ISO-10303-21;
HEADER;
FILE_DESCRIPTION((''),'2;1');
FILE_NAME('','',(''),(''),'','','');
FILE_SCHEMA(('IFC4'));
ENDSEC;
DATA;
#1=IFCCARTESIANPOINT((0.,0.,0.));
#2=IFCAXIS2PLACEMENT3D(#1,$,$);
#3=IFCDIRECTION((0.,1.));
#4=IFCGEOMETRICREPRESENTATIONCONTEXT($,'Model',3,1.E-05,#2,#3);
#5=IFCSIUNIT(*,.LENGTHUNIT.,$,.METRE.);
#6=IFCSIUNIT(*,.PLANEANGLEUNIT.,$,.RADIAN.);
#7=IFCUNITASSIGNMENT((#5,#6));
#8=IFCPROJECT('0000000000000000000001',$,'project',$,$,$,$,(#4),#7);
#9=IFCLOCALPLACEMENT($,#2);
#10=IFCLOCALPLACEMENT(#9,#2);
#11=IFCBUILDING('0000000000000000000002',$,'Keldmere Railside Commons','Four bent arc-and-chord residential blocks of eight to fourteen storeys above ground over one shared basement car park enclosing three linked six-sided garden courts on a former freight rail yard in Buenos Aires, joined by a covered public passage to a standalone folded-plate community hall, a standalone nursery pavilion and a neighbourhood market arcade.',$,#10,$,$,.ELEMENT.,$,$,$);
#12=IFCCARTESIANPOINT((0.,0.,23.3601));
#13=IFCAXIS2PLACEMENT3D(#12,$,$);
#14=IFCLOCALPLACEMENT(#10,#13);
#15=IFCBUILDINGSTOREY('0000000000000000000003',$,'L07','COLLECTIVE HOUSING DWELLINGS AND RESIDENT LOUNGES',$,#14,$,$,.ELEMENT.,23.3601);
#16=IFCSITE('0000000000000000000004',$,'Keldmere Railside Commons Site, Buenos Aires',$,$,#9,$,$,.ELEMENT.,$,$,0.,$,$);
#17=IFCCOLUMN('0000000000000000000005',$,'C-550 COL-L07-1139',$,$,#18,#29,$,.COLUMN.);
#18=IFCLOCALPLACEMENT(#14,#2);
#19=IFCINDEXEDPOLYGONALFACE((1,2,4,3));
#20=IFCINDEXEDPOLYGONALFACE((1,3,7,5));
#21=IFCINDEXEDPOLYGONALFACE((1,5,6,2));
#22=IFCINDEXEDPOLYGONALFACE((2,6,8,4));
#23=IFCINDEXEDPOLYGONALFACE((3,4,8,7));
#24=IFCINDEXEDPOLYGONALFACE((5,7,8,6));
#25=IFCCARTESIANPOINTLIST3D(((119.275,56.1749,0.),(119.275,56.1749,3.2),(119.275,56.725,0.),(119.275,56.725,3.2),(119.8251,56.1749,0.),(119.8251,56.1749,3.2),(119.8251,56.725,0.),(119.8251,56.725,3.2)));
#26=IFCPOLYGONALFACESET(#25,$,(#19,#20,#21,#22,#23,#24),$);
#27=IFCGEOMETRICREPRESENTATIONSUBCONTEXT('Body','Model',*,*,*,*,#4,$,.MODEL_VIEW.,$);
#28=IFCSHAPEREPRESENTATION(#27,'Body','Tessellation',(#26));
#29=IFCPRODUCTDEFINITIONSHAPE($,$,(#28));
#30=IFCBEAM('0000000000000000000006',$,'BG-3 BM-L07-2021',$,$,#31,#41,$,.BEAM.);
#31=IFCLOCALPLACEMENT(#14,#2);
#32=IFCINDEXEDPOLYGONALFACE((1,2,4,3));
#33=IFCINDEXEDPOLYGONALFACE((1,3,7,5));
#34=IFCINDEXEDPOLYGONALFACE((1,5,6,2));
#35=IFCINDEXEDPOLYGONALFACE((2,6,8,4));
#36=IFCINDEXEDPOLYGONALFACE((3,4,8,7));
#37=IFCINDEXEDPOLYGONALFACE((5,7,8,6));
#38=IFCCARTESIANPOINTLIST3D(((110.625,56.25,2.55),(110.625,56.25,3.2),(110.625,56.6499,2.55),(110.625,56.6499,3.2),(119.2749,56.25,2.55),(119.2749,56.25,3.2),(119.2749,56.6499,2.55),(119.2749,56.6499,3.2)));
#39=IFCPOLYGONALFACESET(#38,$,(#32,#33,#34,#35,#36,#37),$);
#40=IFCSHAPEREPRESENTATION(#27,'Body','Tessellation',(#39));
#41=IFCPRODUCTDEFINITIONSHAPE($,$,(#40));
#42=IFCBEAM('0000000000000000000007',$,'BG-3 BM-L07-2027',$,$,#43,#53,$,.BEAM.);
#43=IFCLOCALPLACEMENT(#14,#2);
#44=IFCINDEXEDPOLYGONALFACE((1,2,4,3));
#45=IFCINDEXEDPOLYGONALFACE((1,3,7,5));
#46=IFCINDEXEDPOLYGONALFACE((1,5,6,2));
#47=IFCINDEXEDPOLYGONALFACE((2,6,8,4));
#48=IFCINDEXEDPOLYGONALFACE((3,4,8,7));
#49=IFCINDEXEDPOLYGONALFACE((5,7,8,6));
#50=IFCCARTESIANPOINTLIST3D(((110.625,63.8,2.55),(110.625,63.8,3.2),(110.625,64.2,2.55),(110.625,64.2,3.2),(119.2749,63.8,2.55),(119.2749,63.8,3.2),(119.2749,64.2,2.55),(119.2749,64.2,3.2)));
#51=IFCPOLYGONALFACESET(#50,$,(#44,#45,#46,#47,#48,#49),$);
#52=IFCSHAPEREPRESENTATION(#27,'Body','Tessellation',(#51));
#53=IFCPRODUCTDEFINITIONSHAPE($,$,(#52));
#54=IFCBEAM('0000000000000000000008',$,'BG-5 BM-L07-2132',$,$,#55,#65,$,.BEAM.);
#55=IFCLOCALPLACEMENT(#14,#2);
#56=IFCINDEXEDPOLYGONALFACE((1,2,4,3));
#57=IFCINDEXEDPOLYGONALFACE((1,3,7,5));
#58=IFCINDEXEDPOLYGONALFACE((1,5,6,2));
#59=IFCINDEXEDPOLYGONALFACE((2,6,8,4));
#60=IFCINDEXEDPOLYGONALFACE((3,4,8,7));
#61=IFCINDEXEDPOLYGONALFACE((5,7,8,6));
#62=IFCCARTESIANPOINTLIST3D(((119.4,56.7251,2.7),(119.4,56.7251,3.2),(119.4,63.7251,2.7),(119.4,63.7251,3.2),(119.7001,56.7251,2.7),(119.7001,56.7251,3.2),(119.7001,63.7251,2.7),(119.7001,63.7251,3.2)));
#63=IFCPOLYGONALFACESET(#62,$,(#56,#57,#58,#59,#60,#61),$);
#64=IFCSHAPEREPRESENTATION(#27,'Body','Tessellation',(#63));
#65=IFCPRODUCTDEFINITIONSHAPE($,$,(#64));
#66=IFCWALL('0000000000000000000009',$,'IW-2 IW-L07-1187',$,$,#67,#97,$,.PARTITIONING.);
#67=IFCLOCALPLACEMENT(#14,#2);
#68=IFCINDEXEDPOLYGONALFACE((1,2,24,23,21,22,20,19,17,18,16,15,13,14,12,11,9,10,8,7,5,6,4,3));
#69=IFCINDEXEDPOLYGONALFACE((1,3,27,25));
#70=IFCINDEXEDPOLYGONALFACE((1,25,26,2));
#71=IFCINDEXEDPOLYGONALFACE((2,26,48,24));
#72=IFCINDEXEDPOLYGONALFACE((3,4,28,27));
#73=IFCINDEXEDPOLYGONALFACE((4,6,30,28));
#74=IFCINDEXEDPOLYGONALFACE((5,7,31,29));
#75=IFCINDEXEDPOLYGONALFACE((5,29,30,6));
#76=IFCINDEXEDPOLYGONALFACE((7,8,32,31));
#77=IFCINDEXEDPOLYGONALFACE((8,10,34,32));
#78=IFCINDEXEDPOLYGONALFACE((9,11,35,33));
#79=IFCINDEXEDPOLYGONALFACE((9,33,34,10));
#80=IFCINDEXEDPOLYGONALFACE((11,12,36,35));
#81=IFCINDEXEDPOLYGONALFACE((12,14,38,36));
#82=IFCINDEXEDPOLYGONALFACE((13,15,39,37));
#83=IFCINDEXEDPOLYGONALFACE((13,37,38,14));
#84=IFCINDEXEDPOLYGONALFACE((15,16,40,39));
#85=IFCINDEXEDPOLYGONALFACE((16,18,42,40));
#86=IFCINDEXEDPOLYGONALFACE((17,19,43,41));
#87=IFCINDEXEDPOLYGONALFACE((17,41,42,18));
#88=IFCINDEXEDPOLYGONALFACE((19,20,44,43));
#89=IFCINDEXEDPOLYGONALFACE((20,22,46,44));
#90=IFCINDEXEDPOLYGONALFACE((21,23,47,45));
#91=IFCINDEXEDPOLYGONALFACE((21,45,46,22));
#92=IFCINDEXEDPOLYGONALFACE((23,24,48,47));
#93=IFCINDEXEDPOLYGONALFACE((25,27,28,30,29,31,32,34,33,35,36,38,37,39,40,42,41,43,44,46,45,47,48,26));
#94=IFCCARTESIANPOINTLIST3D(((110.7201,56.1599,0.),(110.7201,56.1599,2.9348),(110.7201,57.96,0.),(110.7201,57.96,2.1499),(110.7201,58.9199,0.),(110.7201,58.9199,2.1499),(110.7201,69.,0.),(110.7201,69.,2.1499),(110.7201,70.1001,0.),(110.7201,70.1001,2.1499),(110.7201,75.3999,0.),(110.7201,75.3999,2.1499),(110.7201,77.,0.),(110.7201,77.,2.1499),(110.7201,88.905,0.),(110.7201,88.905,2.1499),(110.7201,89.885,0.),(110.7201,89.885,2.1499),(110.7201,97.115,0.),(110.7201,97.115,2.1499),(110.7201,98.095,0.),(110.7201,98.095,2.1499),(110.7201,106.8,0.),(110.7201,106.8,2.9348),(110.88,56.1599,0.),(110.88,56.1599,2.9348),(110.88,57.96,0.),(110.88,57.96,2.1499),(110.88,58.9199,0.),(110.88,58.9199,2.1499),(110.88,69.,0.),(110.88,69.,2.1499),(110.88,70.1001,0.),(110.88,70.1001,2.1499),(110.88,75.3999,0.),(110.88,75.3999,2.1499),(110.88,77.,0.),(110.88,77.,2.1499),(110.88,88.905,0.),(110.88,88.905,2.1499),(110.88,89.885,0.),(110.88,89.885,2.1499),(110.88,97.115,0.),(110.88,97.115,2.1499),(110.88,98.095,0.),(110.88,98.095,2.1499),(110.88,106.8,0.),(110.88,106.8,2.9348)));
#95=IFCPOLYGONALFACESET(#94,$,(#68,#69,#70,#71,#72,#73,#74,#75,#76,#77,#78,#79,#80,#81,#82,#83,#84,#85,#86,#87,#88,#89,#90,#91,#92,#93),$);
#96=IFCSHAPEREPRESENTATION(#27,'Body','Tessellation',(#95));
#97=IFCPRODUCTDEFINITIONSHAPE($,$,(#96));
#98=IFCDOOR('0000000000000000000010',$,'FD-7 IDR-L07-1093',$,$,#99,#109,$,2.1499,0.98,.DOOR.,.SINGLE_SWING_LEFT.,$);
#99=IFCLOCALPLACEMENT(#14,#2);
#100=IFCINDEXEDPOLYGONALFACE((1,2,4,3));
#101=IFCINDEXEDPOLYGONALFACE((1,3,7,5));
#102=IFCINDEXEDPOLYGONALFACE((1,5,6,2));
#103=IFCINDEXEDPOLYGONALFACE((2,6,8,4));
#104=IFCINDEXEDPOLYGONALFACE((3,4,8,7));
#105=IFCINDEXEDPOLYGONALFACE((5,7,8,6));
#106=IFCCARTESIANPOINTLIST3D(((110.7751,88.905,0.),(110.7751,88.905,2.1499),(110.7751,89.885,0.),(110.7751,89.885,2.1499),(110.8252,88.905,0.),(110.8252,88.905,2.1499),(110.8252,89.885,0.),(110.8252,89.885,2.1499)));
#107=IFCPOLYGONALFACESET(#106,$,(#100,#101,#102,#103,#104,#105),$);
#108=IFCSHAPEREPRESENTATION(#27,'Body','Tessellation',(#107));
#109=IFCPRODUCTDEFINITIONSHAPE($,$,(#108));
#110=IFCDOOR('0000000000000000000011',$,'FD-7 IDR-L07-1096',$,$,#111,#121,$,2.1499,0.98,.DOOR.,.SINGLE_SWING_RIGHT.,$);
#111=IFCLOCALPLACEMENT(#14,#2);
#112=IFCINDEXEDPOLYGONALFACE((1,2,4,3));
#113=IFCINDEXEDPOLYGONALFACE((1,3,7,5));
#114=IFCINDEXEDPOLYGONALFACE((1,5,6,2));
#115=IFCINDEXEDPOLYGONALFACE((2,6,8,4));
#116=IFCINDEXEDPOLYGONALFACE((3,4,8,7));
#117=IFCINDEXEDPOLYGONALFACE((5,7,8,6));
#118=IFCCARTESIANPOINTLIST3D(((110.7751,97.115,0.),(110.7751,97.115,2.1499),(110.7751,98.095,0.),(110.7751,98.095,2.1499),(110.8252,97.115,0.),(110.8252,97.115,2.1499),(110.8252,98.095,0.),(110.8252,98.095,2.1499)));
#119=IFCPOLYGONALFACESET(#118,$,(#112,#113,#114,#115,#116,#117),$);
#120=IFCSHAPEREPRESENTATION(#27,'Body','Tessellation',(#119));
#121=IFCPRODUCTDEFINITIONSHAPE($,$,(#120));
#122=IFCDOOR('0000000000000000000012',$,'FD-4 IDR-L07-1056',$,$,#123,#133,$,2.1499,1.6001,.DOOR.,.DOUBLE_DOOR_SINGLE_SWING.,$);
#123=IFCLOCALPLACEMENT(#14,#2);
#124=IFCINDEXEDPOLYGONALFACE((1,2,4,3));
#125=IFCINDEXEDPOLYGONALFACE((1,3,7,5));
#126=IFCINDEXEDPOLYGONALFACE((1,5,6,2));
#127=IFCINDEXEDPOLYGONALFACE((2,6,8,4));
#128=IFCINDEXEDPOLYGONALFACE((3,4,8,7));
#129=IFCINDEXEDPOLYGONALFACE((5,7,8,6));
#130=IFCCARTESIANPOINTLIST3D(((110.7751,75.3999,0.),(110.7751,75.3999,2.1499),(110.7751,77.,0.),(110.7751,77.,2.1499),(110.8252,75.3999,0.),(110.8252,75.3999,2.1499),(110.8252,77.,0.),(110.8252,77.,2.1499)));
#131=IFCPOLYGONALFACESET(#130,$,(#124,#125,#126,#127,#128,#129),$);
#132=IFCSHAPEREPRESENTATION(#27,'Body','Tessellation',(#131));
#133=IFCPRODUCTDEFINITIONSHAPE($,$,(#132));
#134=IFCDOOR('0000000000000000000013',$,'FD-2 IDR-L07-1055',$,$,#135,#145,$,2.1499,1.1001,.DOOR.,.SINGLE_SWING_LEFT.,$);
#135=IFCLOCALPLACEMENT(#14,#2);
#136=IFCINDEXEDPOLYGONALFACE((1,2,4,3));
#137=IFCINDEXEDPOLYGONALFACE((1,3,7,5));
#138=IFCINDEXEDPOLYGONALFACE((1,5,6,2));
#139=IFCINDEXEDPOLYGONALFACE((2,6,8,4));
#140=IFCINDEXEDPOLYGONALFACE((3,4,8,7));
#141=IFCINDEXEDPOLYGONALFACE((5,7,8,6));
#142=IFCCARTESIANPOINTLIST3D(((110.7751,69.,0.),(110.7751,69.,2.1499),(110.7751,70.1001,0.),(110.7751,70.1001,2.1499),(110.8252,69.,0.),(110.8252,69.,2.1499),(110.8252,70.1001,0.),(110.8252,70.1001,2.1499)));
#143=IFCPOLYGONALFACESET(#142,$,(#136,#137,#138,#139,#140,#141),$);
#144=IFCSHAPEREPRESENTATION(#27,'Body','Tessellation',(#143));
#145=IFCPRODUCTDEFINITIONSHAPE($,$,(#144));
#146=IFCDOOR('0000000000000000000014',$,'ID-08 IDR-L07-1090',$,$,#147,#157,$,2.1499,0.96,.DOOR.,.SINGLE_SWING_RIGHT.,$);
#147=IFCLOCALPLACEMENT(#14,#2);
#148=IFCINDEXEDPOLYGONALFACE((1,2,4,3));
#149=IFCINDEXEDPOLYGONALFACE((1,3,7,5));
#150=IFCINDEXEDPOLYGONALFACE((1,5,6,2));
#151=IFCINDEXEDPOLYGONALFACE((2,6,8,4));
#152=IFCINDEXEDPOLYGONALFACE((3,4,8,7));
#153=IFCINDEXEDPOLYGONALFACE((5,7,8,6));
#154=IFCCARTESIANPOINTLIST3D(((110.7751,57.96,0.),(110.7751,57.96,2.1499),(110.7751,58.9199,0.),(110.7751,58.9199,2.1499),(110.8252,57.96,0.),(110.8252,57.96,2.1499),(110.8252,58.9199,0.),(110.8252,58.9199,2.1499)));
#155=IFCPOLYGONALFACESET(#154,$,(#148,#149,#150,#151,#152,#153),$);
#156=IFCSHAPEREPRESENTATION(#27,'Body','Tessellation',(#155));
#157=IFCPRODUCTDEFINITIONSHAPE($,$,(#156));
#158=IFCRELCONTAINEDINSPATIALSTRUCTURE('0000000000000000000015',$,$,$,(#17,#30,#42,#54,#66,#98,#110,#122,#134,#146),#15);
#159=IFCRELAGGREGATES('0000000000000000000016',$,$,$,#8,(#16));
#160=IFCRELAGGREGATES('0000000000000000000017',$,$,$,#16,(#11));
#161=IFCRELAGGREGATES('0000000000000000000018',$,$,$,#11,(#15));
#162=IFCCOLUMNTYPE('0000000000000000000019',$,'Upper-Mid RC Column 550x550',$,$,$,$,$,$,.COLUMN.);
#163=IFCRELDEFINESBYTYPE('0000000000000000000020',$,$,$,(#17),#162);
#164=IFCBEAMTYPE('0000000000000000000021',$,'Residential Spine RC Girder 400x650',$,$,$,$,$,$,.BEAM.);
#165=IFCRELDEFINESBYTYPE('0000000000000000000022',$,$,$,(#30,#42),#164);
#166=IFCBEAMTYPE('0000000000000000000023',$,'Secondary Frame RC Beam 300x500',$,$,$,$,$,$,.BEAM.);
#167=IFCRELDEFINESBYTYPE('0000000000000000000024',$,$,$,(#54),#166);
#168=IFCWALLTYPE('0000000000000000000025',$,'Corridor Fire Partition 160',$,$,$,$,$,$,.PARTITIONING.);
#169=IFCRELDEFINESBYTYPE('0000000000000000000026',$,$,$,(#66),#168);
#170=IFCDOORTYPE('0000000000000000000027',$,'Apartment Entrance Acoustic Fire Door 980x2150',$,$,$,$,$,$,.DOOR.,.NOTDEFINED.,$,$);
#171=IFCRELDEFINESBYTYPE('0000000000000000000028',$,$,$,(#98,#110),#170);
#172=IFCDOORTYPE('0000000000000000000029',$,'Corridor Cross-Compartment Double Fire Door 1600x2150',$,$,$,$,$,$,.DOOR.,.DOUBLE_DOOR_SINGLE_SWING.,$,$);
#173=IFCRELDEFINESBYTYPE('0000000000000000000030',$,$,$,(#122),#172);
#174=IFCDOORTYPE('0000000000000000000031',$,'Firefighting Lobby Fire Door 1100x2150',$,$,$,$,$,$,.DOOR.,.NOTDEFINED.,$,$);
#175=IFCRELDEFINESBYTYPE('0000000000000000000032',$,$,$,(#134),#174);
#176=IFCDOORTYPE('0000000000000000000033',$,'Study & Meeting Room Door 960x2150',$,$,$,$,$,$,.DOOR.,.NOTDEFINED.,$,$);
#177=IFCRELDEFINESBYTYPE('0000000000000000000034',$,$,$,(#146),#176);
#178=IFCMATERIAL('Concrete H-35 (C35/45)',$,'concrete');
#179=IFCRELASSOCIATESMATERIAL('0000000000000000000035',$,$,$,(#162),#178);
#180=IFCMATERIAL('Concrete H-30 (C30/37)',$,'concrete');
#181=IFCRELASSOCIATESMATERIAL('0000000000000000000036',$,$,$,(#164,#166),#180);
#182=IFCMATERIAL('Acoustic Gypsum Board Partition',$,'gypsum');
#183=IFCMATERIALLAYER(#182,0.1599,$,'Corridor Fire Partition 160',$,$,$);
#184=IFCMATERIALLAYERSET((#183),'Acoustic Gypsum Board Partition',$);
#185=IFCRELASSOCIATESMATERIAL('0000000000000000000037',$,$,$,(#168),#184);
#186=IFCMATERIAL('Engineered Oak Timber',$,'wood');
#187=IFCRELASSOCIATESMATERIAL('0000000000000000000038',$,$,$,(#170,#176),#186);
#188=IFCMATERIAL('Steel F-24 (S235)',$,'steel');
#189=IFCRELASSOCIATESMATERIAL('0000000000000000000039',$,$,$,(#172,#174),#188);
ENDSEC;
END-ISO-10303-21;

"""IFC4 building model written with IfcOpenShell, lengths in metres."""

from ifc_helpers import new_model, si_unit, direction, frame, frame_2d, origin, origin_2d, place, context, subcontext, project, spatial, rectangle, extrude, material, layer, layer_set, material_profile, profile_set, type_object, element, fill, save


model = new_model("IFC4")

# Units and contexts
model_context = context("Model", 3, precision=1e-05, world=origin(), true_north=direction((0.0, 1.0)))
body_context = subcontext(model_context, "Body", "Model", "MODEL_VIEW")
ifc_project = project(units=[si_unit("LENGTHUNIT", "METRE"), si_unit("PLANEANGLEUNIT", "RADIAN")], contexts=[model_context])

# Site, building, storey
site_placement = place(None, origin())
site = spatial("IfcSite", under=ifc_project, at=site_placement, Name="Keldmere Railside Commons Site, Buenos Aires", CompositionType="ELEMENT", RefElevation=0.0)
building_placement = place(site_placement, origin())
building = spatial("IfcBuilding", under=site, at=building_placement, Name="Keldmere Railside Commons", Description="Four bent arc-and-chord residential blocks of eight to fourteen storeys above ground over one shared basement car park enclosing three linked six-sided garden courts on a former freight rail yard in Buenos Aires, joined by a covered public passage to a standalone folded-plate community hall, a standalone nursery pavilion and a neighbourhood market arcade.", CompositionType="ELEMENT")
storey_placement = place(building_placement, frame((0.0, 0.0, 23.3601)))
storey = spatial("IfcBuildingStorey", under=building, at=storey_placement, Name="L07", Description="COLLECTIVE HOUSING DWELLINGS AND RESIDENT LOUNGES", CompositionType="ELEMENT", Elevation=23.3601)

# Column
ifc_material_1 = material(Name="Concrete H-35 (C35/45)", Category="concrete")
ifc_material_profile_1 = material_profile(ifc_material_1, rectangle(XDim=0.55, YDim=0.55, at=origin_2d()), Name="RC-550x550")
ifc_profile_set_1 = profile_set([ifc_material_profile_1], Name="Concrete H-35 (C35/45)")
column_type = type_object("IfcColumnType", Name="Upper-Mid RC Column 550x550", PredefinedType="COLUMN", material=ifc_profile_set_1)
column_placement = place(storey_placement, frame((119.55, 56.45, 0.0), z_axis=(0.0, 0.0, 1.0), x_axis=(1.0, 0.0, 0.0)))
element("IfcColumn", 1, at=column_placement, inside=storey, type_object=column_type, Name="C-550 COL-L07-1139", PredefinedType="COLUMN", context=body_context, shape_type="SweptSolid", body=[
    extrude(rectangle(XDim=0.55, YDim=0.55, at=origin_2d()), origin(), (0.0, 0.0, 1.0), 3.2),
])

# Beams
ifc_material_2 = material(Name="Concrete H-30 (C30/37)", Category="concrete")
ifc_material_profile_2 = material_profile(ifc_material_2, rectangle(XDim=0.3999, YDim=0.6499, at=origin_2d()), Name="RC-400x650")
ifc_profile_set_2 = profile_set([ifc_material_profile_2], Name="Concrete H-30 (C30/37)")
beam_type_1 = type_object("IfcBeamType", Name="Residential Spine RC Girder 400x650", PredefinedType="BEAM", material=ifc_profile_set_2)
for number, where, z_axis, x_axis, name in (
    (2, (110.625, 56.45, 2.875), (1.0, 0.0, 0.0), (0.0, 1.0, 0.0), "BG-3 BM-L07-2021"),
    (3, (110.625, 64.0, 2.875), (1.0, 0.0, 0.0), (0.0, 1.0, 0.0), "BG-3 BM-L07-2027"),
):
    element("IfcBeam", number, at=place(storey_placement, frame(where, z_axis=z_axis, x_axis=x_axis)), inside=storey, type_object=beam_type_1, Name=name, PredefinedType="BEAM", context=body_context, shape_type="SweptSolid", body=[
        extrude(rectangle(XDim=0.3999, YDim=0.6499, at=origin_2d()), origin(), (0.0, 0.0, 1.0), 8.6499),
    ])
ifc_material_profile_3 = material_profile(ifc_material_2, rectangle(XDim=0.3, YDim=0.5, at=origin_2d()), Name="RC-300x500")
ifc_profile_set_3 = profile_set([ifc_material_profile_3], Name="Concrete H-30 (C30/37)")
beam_type_2 = type_object("IfcBeamType", Name="Secondary Frame RC Beam 300x500", PredefinedType="BEAM", material=ifc_profile_set_3)
beam_placement = place(storey_placement, frame((119.55, 56.7251, 2.95), z_axis=(0.0, 1.0, 0.0), x_axis=(-1.0, 0.0, 0.0)))
element("IfcBeam", 4, at=beam_placement, inside=storey, type_object=beam_type_2, Name="BG-5 BM-L07-2132", PredefinedType="BEAM", context=body_context, shape_type="SweptSolid", body=[
    extrude(rectangle(XDim=0.3, YDim=0.5, at=origin_2d()), origin(), (0.0, 0.0, 1.0), 7.0),
])

# Wall, openings, doors
ifc_material_3 = material(Name="Acoustic Gypsum Board Partition", Category="gypsum")
ifc_layer = layer(ifc_material_3, 0.1599, Name="Corridor Fire Partition 160")
ifc_layer_set = layer_set([ifc_layer], Name="Acoustic Gypsum Board Partition")
wall_type = type_object("IfcWallType", Name="Corridor Fire Partition 160", PredefinedType="PARTITIONING", material=ifc_layer_set)
wall_1_placement = place(storey_placement, frame((110.8, 56.1599, 0.0), z_axis=(0.0, 0.0, 1.0), x_axis=(0.0, 1.0, 0.0)))
wall_1 = element("IfcWall", 5, at=wall_1_placement, inside=storey, type_object=wall_type, Name="IW-2 IW-L07-1187", PredefinedType="PARTITIONING", context=body_context, shape_type="SweptSolid", body=[
    extrude(rectangle(XDim=50.6401, YDim=0.1599, at=frame_2d((25.3201, 0.0))), origin(), (0.0, 0.0, 1.0), 2.9348),
])
opening_1_placement = place(wall_1_placement, frame((12.8401, 0.0, 0.0)))
opening_1 = element("IfcOpeningElement", 6, at=opening_1_placement, cuts=wall_1, PredefinedType="OPENING", context=body_context, shape_type="SweptSolid", body=[
    extrude(rectangle(XDim=1.1001, YDim=2.1499, at=frame_2d((0.55, 1.075))), frame((0.0, 0.0898, 0.0), z_axis=(0.0, -1.0, 0.0), x_axis=(1.0, 0.0, 0.0)), (0.0, 0.0, 1.0), 0.1799),
])
opening_2_placement = place(wall_1_placement, frame((19.24, 0.0, 0.0)))
opening_2 = element("IfcOpeningElement", 7, at=opening_2_placement, cuts=wall_1, PredefinedType="OPENING", context=body_context, shape_type="SweptSolid", body=[
    extrude(rectangle(XDim=1.6001, YDim=2.1499, at=frame_2d((0.8, 1.075))), frame((0.0, 0.0898, 0.0), z_axis=(0.0, -1.0, 0.0), x_axis=(1.0, 0.0, 0.0)), (0.0, 0.0, 1.0), 0.1799),
])
opening_3_placement = place(wall_1_placement, frame((1.8, 0.0, 0.0)))
opening_3 = element("IfcOpeningElement", 8, at=opening_3_placement, cuts=wall_1, PredefinedType="OPENING", context=body_context, shape_type="SweptSolid", body=[
    extrude(rectangle(XDim=0.96, YDim=2.1499, at=frame_2d((0.48, 1.075))), frame((0.0, 0.0898, 0.0), z_axis=(0.0, -1.0, 0.0), x_axis=(1.0, 0.0, 0.0)), (0.0, 0.0, 1.0), 0.1799),
])
opening_4_placement = place(wall_1_placement, frame((32.7451, 0.0, 0.0)))
opening_4 = element("IfcOpeningElement", 9, at=opening_4_placement, cuts=wall_1, PredefinedType="OPENING", context=body_context, shape_type="SweptSolid", body=[
    extrude(rectangle(XDim=0.98, YDim=2.1499, at=frame_2d((0.49, 1.075))), frame((0.0, 0.0898, 0.0), z_axis=(0.0, -1.0, 0.0), x_axis=(1.0, 0.0, 0.0)), (0.0, 0.0, 1.0), 0.1799),
])
opening_5_placement = place(wall_1_placement, frame((40.9551, 0.0, 0.0)))
opening_5 = element("IfcOpeningElement", 10, at=opening_5_placement, cuts=wall_1, PredefinedType="OPENING", context=body_context, shape_type="SweptSolid", body=[
    extrude(rectangle(XDim=0.98, YDim=2.1499, at=frame_2d((0.49, 1.075))), frame((0.0, 0.0898, 0.0), z_axis=(0.0, -1.0, 0.0), x_axis=(1.0, 0.0, 0.0)), (0.0, 0.0, 1.0), 0.1799),
])
ifc_material_4 = material(Name="Engineered Oak Timber", Category="wood")
door_type_1 = type_object("IfcDoorType", Name="Apartment Entrance Acoustic Fire Door 980x2150", OperationType="NOTDEFINED", PredefinedType="DOOR", material=ifc_material_4)
door_1_placement = place(opening_4_placement, origin())
door_1 = element("IfcDoor", 11, at=door_1_placement, inside=storey, type_object=door_type_1, Name="FD-7 IDR-L07-1093", OperationType="SINGLE_SWING_LEFT", OverallHeight=2.1499, OverallWidth=0.98, PredefinedType="DOOR", context=body_context, shape_type="SweptSolid", body=[
    extrude(rectangle(XDim=0.98, YDim=2.1499, at=frame_2d((0.49, 1.075))), frame((0.0, 0.0249, 0.0), z_axis=(0.0, -1.0, 0.0), x_axis=(1.0, 0.0, 0.0)), (0.0, 0.0, 1.0), 0.05),
])
fill(opening_4, door_1)
door_2_placement = place(opening_5_placement, origin())
door_2 = element("IfcDoor", 12, at=door_2_placement, inside=storey, type_object=door_type_1, Name="FD-7 IDR-L07-1096", OperationType="SINGLE_SWING_RIGHT", OverallHeight=2.1499, OverallWidth=0.98, PredefinedType="DOOR", context=body_context, shape_type="SweptSolid", body=[
    extrude(rectangle(XDim=0.98, YDim=2.1499, at=frame_2d((0.49, 1.075))), frame((0.0, 0.0249, 0.0), z_axis=(0.0, -1.0, 0.0), x_axis=(1.0, 0.0, 0.0)), (0.0, 0.0, 1.0), 0.05),
])
fill(opening_5, door_2)
ifc_material_5 = material(Name="Steel F-24 (S235)", Category="steel")
door_type_2 = type_object("IfcDoorType", Name="Corridor Cross-Compartment Double Fire Door 1600x2150", OperationType="DOUBLE_DOOR_SINGLE_SWING", PredefinedType="DOOR", material=ifc_material_5)
door_3_placement = place(opening_2_placement, origin())
door_3 = element("IfcDoor", 13, at=door_3_placement, inside=storey, type_object=door_type_2, Name="FD-4 IDR-L07-1056", OperationType="DOUBLE_DOOR_SINGLE_SWING", OverallHeight=2.1499, OverallWidth=1.6001, PredefinedType="DOOR", context=body_context, shape_type="SweptSolid", body=[
    extrude(rectangle(XDim=1.6001, YDim=2.1499, at=frame_2d((0.8, 1.075))), frame((0.0, 0.0249, 0.0), z_axis=(0.0, -1.0, 0.0), x_axis=(1.0, 0.0, 0.0)), (0.0, 0.0, 1.0), 0.05),
])
fill(opening_2, door_3)
door_type_3 = type_object("IfcDoorType", Name="Firefighting Lobby Fire Door 1100x2150", OperationType="NOTDEFINED", PredefinedType="DOOR", material=ifc_material_5)
door_4_placement = place(opening_1_placement, origin())
door_4 = element("IfcDoor", 14, at=door_4_placement, inside=storey, type_object=door_type_3, Name="FD-2 IDR-L07-1055", OperationType="SINGLE_SWING_LEFT", OverallHeight=2.1499, OverallWidth=1.1001, PredefinedType="DOOR", context=body_context, shape_type="SweptSolid", body=[
    extrude(rectangle(XDim=1.1001, YDim=2.1499, at=frame_2d((0.55, 1.075))), frame((0.0, 0.0249, 0.0), z_axis=(0.0, -1.0, 0.0), x_axis=(1.0, 0.0, 0.0)), (0.0, 0.0, 1.0), 0.05),
])
fill(opening_1, door_4)
door_type_4 = type_object("IfcDoorType", Name="Study & Meeting Room Door 960x2150", OperationType="NOTDEFINED", PredefinedType="DOOR", material=ifc_material_4)
door_5_placement = place(opening_3_placement, origin())
door_5 = element("IfcDoor", 15, at=door_5_placement, inside=storey, type_object=door_type_4, Name="ID-08 IDR-L07-1090", OperationType="SINGLE_SWING_RIGHT", OverallHeight=2.1499, OverallWidth=0.96, PredefinedType="DOOR", context=body_context, shape_type="SweptSolid", body=[
    extrude(rectangle(XDim=0.96, YDim=2.1499, at=frame_2d((0.48, 1.075))), frame((0.0, 0.0249, 0.0), z_axis=(0.0, -1.0, 0.0), x_axis=(1.0, 0.0, 0.0)), (0.0, 0.0, 1.0), 0.05),
])
fill(opening_3, door_5)

save(model, "model.ifc")
